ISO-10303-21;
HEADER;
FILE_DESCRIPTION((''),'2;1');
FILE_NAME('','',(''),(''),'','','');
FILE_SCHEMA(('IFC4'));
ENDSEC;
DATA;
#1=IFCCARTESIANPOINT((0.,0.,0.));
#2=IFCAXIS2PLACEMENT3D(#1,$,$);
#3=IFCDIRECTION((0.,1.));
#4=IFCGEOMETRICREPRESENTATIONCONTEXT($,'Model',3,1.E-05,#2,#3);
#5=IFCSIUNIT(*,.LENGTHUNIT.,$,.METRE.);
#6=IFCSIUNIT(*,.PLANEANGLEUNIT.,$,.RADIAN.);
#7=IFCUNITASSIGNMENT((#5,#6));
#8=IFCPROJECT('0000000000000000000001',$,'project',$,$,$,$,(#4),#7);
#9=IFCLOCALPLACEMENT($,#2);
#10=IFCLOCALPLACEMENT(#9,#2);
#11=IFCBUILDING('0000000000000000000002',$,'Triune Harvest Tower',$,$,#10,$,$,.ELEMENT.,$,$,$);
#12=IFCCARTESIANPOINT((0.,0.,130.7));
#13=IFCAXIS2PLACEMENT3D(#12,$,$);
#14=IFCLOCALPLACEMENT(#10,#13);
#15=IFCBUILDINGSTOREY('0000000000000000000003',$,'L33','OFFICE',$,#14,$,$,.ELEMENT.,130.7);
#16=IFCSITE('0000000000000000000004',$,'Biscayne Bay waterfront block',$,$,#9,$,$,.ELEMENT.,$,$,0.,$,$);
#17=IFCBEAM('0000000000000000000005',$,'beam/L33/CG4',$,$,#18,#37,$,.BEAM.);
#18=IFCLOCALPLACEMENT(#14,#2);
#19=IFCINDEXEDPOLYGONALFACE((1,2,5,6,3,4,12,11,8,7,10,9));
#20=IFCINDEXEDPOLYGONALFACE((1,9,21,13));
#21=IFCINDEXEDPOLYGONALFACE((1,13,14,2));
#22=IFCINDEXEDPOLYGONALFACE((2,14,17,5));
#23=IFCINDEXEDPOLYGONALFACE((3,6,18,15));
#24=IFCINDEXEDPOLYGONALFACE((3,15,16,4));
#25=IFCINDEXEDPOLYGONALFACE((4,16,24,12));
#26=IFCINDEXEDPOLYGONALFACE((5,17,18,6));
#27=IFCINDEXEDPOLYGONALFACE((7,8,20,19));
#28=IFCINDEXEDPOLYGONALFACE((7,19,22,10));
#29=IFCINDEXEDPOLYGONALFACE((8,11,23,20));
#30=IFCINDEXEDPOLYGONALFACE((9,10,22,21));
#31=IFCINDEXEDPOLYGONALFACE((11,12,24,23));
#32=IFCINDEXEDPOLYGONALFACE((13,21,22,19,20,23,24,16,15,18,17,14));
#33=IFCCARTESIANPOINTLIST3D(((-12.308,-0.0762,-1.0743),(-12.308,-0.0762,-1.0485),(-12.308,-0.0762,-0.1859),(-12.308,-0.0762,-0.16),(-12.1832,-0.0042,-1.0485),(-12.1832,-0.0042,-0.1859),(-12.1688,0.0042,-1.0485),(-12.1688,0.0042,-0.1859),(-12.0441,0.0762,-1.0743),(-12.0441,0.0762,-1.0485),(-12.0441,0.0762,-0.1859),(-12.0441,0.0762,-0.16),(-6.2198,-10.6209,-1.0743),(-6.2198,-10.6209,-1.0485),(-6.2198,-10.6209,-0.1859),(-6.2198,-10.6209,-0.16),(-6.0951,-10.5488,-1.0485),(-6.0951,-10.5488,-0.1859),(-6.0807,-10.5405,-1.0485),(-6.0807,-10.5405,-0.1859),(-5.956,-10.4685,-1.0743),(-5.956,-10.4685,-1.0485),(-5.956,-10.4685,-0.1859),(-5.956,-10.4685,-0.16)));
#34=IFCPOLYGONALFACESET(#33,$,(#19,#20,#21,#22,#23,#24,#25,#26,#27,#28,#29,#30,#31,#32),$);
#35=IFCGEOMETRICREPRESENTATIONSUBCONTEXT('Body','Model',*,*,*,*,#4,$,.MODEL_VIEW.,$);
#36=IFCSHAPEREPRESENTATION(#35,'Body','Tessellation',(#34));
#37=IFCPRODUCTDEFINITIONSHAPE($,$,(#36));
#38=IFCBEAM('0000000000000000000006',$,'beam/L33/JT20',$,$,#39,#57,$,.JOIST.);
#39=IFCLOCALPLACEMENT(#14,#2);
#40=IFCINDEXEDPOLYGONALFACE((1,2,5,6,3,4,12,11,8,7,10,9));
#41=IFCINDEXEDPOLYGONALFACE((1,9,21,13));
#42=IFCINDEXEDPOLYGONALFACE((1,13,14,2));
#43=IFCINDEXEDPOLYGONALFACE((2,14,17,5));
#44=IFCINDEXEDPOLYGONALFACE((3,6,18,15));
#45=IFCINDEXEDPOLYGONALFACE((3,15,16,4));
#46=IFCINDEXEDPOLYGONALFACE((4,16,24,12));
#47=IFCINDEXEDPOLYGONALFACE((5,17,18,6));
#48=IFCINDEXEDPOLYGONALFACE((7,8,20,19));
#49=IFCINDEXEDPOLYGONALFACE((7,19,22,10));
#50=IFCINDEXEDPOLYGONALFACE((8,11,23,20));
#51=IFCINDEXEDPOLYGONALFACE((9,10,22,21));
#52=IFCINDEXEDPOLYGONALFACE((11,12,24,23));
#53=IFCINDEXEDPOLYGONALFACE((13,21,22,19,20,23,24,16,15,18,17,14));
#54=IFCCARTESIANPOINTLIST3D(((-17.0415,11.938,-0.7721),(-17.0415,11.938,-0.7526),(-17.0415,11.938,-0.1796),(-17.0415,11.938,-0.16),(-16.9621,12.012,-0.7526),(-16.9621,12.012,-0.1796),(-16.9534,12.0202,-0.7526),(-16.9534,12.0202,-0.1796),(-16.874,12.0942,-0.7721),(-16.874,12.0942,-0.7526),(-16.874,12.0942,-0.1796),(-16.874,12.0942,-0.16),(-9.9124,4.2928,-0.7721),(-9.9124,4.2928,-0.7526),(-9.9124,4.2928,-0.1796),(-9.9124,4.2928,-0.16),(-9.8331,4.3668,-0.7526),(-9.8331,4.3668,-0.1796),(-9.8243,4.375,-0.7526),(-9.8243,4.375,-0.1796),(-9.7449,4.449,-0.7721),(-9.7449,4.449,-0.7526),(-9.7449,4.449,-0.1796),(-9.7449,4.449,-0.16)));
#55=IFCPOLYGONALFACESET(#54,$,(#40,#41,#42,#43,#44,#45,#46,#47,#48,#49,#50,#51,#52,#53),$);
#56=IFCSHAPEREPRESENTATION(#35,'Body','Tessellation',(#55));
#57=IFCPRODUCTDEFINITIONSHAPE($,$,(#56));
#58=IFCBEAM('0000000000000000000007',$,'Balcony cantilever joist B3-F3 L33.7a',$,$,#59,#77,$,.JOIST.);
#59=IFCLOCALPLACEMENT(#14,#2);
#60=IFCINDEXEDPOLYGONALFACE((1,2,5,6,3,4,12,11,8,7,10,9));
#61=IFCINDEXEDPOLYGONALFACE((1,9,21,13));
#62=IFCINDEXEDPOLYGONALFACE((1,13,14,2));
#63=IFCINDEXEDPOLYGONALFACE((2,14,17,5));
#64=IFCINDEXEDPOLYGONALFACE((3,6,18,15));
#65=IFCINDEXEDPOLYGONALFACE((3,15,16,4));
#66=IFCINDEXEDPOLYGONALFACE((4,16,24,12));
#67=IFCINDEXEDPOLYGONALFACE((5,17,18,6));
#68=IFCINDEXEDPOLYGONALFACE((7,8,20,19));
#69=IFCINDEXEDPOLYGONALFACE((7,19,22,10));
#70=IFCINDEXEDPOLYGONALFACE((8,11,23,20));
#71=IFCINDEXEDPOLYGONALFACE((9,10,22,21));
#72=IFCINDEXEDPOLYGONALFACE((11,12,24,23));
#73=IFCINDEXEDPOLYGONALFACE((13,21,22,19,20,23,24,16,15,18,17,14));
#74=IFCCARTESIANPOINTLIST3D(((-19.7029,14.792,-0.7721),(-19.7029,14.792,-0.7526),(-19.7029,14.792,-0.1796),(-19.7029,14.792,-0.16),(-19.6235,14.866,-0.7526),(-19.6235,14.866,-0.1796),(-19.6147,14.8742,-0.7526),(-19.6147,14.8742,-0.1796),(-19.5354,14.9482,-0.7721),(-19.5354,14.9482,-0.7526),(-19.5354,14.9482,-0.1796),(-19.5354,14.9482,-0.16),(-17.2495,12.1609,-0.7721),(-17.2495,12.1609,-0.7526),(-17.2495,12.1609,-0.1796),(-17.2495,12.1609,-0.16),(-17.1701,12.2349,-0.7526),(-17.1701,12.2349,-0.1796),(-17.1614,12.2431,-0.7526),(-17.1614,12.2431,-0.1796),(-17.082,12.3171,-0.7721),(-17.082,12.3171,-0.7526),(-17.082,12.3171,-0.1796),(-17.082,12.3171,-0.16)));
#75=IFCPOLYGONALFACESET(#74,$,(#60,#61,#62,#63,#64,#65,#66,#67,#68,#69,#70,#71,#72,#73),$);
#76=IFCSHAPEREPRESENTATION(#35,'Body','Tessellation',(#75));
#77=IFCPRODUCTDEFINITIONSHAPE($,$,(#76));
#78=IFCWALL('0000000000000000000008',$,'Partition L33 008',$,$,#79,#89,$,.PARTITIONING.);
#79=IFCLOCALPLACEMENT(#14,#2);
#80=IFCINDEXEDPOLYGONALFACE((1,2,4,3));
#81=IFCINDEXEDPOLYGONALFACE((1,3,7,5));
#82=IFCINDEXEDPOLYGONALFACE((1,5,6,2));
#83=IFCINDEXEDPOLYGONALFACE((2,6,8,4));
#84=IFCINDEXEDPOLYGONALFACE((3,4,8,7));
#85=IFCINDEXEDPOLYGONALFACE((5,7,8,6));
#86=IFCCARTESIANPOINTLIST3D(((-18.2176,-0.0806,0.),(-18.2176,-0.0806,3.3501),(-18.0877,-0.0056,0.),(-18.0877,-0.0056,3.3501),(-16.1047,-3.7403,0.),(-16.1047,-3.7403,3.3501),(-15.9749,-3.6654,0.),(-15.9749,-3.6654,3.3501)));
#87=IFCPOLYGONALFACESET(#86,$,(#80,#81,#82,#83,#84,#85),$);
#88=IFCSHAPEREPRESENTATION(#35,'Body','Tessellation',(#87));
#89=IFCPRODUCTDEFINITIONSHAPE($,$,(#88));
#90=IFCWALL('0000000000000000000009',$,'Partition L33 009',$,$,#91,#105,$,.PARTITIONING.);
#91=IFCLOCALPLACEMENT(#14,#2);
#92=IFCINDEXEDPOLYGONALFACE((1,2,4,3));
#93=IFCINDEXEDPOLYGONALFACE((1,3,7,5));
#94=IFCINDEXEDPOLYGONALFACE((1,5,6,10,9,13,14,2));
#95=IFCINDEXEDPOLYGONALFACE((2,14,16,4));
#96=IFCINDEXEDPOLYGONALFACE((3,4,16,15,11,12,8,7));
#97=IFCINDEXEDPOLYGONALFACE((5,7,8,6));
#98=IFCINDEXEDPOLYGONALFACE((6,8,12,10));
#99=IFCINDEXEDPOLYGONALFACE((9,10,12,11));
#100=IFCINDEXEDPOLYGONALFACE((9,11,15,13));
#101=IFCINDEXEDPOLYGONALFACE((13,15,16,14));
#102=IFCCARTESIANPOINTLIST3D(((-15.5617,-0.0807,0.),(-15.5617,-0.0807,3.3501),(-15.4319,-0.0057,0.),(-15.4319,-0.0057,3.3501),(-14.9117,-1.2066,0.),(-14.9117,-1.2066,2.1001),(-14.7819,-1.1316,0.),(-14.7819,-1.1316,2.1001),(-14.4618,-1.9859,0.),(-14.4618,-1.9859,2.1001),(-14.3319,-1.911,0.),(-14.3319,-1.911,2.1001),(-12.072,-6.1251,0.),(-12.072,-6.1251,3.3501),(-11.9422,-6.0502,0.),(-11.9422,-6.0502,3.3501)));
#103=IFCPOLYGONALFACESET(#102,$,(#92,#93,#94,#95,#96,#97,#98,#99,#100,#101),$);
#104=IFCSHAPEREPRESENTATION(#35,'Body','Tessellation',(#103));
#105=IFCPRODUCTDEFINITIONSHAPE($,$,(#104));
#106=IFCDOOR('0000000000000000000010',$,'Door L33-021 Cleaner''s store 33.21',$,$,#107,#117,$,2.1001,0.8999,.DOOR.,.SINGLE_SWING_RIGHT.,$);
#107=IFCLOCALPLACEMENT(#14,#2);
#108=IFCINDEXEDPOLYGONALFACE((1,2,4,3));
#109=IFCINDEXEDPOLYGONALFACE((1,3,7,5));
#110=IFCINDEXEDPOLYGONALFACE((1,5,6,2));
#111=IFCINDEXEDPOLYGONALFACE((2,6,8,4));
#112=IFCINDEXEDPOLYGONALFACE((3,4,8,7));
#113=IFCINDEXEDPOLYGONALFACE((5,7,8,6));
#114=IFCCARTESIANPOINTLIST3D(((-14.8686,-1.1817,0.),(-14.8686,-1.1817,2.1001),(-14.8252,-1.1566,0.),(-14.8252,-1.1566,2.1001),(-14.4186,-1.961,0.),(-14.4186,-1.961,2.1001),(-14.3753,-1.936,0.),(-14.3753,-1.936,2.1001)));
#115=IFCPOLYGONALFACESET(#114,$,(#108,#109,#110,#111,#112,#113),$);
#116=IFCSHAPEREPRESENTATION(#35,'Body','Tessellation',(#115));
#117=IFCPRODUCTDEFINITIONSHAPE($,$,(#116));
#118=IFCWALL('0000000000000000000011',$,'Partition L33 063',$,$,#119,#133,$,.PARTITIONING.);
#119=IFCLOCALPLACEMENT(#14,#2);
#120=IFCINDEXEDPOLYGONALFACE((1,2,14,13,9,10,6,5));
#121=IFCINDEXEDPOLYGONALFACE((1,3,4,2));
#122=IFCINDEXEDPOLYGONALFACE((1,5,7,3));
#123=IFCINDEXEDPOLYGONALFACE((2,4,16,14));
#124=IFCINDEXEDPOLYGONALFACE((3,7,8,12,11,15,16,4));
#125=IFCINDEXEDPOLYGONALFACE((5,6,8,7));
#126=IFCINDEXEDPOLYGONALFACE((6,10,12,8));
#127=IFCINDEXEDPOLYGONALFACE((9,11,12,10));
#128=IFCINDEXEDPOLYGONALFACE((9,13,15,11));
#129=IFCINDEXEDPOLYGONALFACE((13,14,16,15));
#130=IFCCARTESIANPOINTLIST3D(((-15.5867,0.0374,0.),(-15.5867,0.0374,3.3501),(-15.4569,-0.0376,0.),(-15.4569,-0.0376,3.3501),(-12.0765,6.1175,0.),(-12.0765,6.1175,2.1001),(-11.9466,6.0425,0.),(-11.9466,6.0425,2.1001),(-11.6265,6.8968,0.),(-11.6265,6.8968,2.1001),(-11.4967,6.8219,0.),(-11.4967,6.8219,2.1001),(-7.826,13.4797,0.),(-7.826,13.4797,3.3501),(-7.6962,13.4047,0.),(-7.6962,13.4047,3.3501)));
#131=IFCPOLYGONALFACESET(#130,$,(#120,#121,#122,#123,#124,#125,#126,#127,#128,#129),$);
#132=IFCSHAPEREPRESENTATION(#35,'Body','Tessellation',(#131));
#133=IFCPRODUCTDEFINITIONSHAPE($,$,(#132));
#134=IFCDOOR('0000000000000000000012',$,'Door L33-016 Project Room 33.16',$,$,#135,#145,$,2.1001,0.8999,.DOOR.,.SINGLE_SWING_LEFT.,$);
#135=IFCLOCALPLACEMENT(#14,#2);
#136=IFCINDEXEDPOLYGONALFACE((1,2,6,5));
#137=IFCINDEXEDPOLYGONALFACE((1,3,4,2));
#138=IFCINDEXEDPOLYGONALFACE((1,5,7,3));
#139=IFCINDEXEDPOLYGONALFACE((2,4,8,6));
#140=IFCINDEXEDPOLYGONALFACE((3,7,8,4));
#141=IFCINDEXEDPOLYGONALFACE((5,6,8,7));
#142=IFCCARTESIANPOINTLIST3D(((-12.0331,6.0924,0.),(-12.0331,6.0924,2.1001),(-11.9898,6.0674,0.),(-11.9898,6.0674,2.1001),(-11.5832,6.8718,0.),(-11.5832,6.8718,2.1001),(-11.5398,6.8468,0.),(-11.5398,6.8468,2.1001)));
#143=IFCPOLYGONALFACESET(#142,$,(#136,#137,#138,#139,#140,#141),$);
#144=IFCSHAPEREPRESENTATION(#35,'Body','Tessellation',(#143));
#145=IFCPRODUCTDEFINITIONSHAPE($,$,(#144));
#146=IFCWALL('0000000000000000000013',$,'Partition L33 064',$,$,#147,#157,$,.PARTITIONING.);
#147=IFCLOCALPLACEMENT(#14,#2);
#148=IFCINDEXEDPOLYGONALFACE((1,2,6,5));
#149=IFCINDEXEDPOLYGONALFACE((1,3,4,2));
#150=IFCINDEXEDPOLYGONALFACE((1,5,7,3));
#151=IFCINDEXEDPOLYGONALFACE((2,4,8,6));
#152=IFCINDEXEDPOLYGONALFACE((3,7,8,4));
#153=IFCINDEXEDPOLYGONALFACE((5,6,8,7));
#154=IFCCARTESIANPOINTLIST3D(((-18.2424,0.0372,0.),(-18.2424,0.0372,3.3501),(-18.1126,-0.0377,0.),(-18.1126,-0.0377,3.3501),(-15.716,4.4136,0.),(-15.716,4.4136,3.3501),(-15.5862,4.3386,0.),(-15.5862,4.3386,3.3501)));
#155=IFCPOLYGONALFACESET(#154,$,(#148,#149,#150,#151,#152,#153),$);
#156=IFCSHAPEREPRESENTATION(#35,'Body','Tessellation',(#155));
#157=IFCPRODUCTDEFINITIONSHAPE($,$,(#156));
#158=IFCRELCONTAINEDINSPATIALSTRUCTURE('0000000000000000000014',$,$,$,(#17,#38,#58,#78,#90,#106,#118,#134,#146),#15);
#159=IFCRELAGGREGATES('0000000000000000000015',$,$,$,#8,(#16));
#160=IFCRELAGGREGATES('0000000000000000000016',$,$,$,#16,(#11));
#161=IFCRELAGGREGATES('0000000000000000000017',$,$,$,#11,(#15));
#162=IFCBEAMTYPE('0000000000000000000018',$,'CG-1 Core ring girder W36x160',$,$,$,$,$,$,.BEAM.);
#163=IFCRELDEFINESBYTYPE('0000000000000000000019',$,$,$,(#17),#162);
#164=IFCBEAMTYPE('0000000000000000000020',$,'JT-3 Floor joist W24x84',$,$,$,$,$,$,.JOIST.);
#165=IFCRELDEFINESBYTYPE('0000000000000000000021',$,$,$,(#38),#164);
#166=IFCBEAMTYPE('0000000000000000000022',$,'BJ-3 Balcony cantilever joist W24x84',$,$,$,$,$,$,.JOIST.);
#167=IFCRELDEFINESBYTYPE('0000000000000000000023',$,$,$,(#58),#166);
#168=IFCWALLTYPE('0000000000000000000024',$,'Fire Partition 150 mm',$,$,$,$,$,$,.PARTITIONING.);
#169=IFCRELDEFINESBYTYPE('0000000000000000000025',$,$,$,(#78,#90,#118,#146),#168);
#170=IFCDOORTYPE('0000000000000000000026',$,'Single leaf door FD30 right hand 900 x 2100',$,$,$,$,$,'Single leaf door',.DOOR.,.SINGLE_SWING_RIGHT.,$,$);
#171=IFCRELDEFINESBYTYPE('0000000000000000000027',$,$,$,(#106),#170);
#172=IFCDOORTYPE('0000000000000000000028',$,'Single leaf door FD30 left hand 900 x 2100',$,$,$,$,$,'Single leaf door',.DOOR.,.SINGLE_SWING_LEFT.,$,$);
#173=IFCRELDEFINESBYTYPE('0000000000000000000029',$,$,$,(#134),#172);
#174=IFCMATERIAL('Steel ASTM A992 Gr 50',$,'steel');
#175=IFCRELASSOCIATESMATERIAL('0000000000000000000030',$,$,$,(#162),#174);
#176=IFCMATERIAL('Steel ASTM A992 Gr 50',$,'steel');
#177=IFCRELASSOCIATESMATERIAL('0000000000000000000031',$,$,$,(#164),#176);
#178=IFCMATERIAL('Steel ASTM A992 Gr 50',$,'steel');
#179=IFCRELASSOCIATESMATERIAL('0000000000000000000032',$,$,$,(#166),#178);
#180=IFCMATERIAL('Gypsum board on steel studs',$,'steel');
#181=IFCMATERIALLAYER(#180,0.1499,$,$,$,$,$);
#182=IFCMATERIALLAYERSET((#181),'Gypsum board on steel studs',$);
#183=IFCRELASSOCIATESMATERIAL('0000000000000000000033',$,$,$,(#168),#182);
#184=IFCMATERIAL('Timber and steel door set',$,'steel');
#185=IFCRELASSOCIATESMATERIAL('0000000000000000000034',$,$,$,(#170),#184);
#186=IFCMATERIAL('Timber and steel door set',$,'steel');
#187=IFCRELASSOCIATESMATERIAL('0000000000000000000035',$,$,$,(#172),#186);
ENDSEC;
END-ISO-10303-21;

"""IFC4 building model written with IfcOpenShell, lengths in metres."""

from ifc_helpers import new_model, si_unit, direction, frame, frame_2d, origin, origin_2d, place, context, subcontext, project, spatial, rectangle, i_section, extrude, source, transform, mapped, material, layer, layer_set, material_profile, profile_set, type_object, element, fill, save


model = new_model("IFC4")

# Units and contexts
model_context = context("Model", 3, precision=1e-05, world=origin(), true_north=direction((0.0, 1.0)))
body_context = subcontext(model_context, "Body", "Model", "MODEL_VIEW")
ifc_project = project(units=[si_unit("LENGTHUNIT", "METRE"), si_unit("PLANEANGLEUNIT", "RADIAN")], contexts=[model_context])

# Site, building, storey
site_placement = place(None, origin())
site = spatial("IfcSite", under=ifc_project, at=site_placement, Name="Biscayne Bay waterfront block", CompositionType="ELEMENT", RefElevation=0.0)
building_placement = place(site_placement, origin())
building = spatial("IfcBuilding", under=site, at=building_placement, Name="Triune Harvest Tower", CompositionType="ELEMENT")
storey_placement = place(building_placement, frame((0.0, 0.0, 130.7)))
storey = spatial("IfcBuildingStorey", under=building, at=storey_placement, Name="L33", Description="OFFICE", CompositionType="ELEMENT", Elevation=130.7)

# Beams
ifc_material_1 = material(Name="Steel ASTM A992 Gr 50", Category="steel")
ifc_material_profile_1 = material_profile(ifc_material_1, i_section(OverallWidth=0.3047, OverallDepth=0.9143, WebThickness=0.0166, FlangeThickness=0.0259, at=origin_2d()), Name="W36x160")
ifc_profile_set_1 = profile_set([ifc_material_profile_1], Name="Steel ASTM A992 Gr 50")
beam_type_1 = type_object("IfcBeamType", Name="CG-1 Core ring girder W36x160", PredefinedType="BEAM", material=ifc_profile_set_1)
shared_shape_1 = source(origin(), body_context, "Body", "SweptSolid", [
    extrude(i_section(OverallWidth=0.3047, OverallDepth=0.9143, WebThickness=0.0166, FlangeThickness=0.0259, at=origin_2d()), origin(), (0.0, 0.0, 1.0), 12.176),
])
beam_1_placement = place(storey_placement, frame((-12.176, 0.0, -0.6172), z_axis=(0.50001, -0.86602, 0.0), x_axis=(0.86602, 0.50001, 0.0)))
element("IfcBeam", 1, at=beam_1_placement, inside=storey, type_object=beam_type_1, Name="beam/L33/CG4", PredefinedType="BEAM", context=body_context, shape_type="MappedRepresentation", body=[
    mapped(shared_shape_1, transform((0.0, 0.0, 0.0), scale=1.0)),
])
ifc_material_2 = material(Name="Steel ASTM A992 Gr 50", Category="steel")
ifc_material_profile_2 = material_profile(ifc_material_2, i_section(OverallWidth=0.229, OverallDepth=0.6121, WebThickness=0.012, FlangeThickness=0.0195, at=origin_2d()), Name="W24x84")
ifc_profile_set_2 = profile_set([ifc_material_profile_2], Name="Steel ASTM A992 Gr 50")
beam_type_2 = type_object("IfcBeamType", Name="JT-3 Floor joist W24x84", PredefinedType="JOIST", material=ifc_profile_set_2)
shared_shape_2 = source(origin(), body_context, "Body", "SweptSolid", [
    extrude(i_section(OverallWidth=0.229, OverallDepth=0.6121, WebThickness=0.012, FlangeThickness=0.0195, at=origin_2d()), origin(), (0.0, 0.0, 1.0), 10.4534),
])
beam_2_placement = place(storey_placement, frame((-16.9578, 12.0161, -0.4661), z_axis=(0.681989, -0.731362, 0.0), x_axis=(0.731362, 0.681989, 0.0)))
element("IfcBeam", 2, at=beam_2_placement, inside=storey, type_object=beam_type_2, Name="beam/L33/JT20", PredefinedType="JOIST", context=body_context, shape_type="MappedRepresentation", body=[
    mapped(shared_shape_2, transform((0.0, 0.0, 0.0), scale=1.0)),
])
ifc_material_3 = material(Name="Steel ASTM A992 Gr 50", Category="steel")
ifc_material_profile_3 = material_profile(ifc_material_3, i_section(OverallWidth=0.229, OverallDepth=0.6121, WebThickness=0.012, FlangeThickness=0.0195, at=origin_2d()), Name="W24x84")
ifc_profile_set_3 = profile_set([ifc_material_profile_3], Name="Steel ASTM A992 Gr 50")
beam_type_3 = type_object("IfcBeamType", Name="BJ-3 Balcony cantilever joist W24x84", PredefinedType="JOIST", material=ifc_profile_set_3)
shared_shape_3 = source(origin(), body_context, "Body", "SweptSolid", [
    extrude(i_section(OverallWidth=0.229, OverallDepth=0.6121, WebThickness=0.012, FlangeThickness=0.0195, at=origin_2d()), origin(), (0.0, 0.0, 1.0), 3.5974),
])
beam_3_placement = place(storey_placement, frame((-17.1658, 12.239, -0.4661), z_axis=(-0.681972, 0.731378, 0.0), x_axis=(-0.731378, -0.681972, 0.0)))
element("IfcBeam", 3, at=beam_3_placement, inside=storey, type_object=beam_type_3, Name="Balcony cantilever joist B3-F3 L33.7a", PredefinedType="JOIST", context=body_context, shape_type="MappedRepresentation", body=[
    mapped(shared_shape_3, transform((0.0, 0.0, 0.0), scale=1.0)),
])

# Wall
ifc_material_4 = material(Name="Gypsum board on steel studs", Category="steel")
ifc_layer_1 = layer(ifc_material_4, 0.1499)
ifc_layer_set_1 = layer_set([ifc_layer_1], Name="Gypsum board on steel studs")
wall_type_1 = type_object("IfcWallType", Name="Fire Partition 150 mm", PredefinedType="PARTITIONING", material=ifc_layer_set_1)
wall_1_placement = place(storey_placement, frame((-18.1526, -0.0432, 0.0), z_axis=(0.0, 0.0, 1.0), x_axis=(0.499979, -0.866037, 0.0)))
element("IfcWall", 4, at=wall_1_placement, inside=storey, type_object=wall_type_1, Name="Partition L33 008", PredefinedType="PARTITIONING", context=body_context, shape_type="SweptSolid", body=[
    extrude(rectangle(XDim=4.2258, YDim=0.1499, at=frame_2d((2.1128, 0.0))), origin(), (0.0, 0.0, 1.0), 3.3501),
])

# Walls, openings, doors
wall_2_placement = place(storey_placement, frame((-15.4968, -0.0432, 0.0), z_axis=(0.0, 0.0, 1.0), x_axis=(0.499999, -0.866026, 0.0)))
wall_2 = element("IfcWall", 5, at=wall_2_placement, inside=storey, type_object=wall_type_1, Name="Partition L33 009", PredefinedType="PARTITIONING", context=body_context, shape_type="SweptSolid", body=[
    extrude(rectangle(XDim=6.9795, YDim=0.1499, at=frame_2d((3.4897, 0.0))), origin(), (0.0, 0.0, 1.0), 3.3501),
])
opening_1_placement = place(wall_2_placement, frame((1.3, 0.0, 0.0)))
opening_1 = element("IfcOpeningElement", 6, at=opening_1_placement, cuts=wall_2, PredefinedType="OPENING", context=body_context, shape_type="SweptSolid", body=[
    extrude(rectangle(XDim=0.8999, YDim=2.1001, at=frame_2d((0.45, 1.05))), frame((0.0, 0.085, 0.0), z_axis=(0.0, -1.0, 0.0), x_axis=(1.0, 0.0, 0.0)), (0.0, 0.0, 1.0), 0.1699),
])
ifc_material_5 = material(Name="Timber and steel door set", Category="steel")
door_type_1 = type_object("IfcDoorType", Name="Single leaf door FD30 right hand 900 x 2100", ElementType="Single leaf door", OperationType="SINGLE_SWING_RIGHT", PredefinedType="DOOR", material=ifc_material_5)
door_1_placement = place(opening_1_placement, origin())
door_1 = element("IfcDoor", 7, at=door_1_placement, inside=storey, type_object=door_type_1, Name="Door L33-021 Cleaner's store 33.21", OperationType="SINGLE_SWING_RIGHT", OverallHeight=2.1001, OverallWidth=0.8999, PredefinedType="DOOR", context=body_context, shape_type="SweptSolid", body=[
    extrude(rectangle(XDim=0.8999, YDim=2.1001, at=frame_2d((0.45, 1.05))), frame((0.0, 0.0249, 0.0), z_axis=(0.0, -1.0, 0.0), x_axis=(1.0, 0.0, 0.0)), (0.0, 0.0, 1.0), 0.05),
])
fill(opening_1, door_1)
wall_3_placement = place(storey_placement, frame((-15.5217, 0.0, 0.0), z_axis=(0.0, 0.0, 1.0), x_axis=(0.499989, 0.866032, 0.0)))
wall_3 = element("IfcWall", 8, at=wall_3_placement, inside=storey, type_object=wall_type_1, Name="Partition L33 063", PredefinedType="PARTITIONING", context=body_context, shape_type="SweptSolid", body=[
    extrude(rectangle(XDim=15.5217, YDim=0.1499, at=frame_2d((7.7607, 0.0))), origin(), (0.0, 0.0, 1.0), 3.3501),
])
opening_2_placement = place(wall_3_placement, frame((7.0205, 0.0, 0.0)))
opening_2 = element("IfcOpeningElement", 9, at=opening_2_placement, cuts=wall_3, PredefinedType="OPENING", context=body_context, shape_type="SweptSolid", body=[
    extrude(rectangle(XDim=0.8999, YDim=2.1001, at=frame_2d((0.45, 1.05))), frame((0.0, 0.085, 0.0), z_axis=(0.0, -1.0, 0.0), x_axis=(1.0, 0.0, 0.0)), (0.0, 0.0, 1.0), 0.1699),
])
ifc_material_6 = material(Name="Timber and steel door set", Category="steel")
door_type_2 = type_object("IfcDoorType", Name="Single leaf door FD30 left hand 900 x 2100", ElementType="Single leaf door", OperationType="SINGLE_SWING_LEFT", PredefinedType="DOOR", material=ifc_material_6)
door_2_placement = place(opening_2_placement, origin())
door_2 = element("IfcDoor", 10, at=door_2_placement, inside=storey, type_object=door_type_2, Name="Door L33-016 Project Room 33.16", OperationType="SINGLE_SWING_LEFT", OverallHeight=2.1001, OverallWidth=0.8999, PredefinedType="DOOR", context=body_context, shape_type="SweptSolid", body=[
    extrude(rectangle(XDim=0.8999, YDim=2.1001, at=frame_2d((0.45, 1.05))), frame((0.0, 0.0249, 0.0), z_axis=(0.0, -1.0, 0.0), x_axis=(1.0, 0.0, 0.0)), (0.0, 0.0, 1.0), 0.05),
])
fill(opening_2, door_2)

# Wall
wall_4_placement = place(storey_placement, frame((-18.1775, -0.0002, 0.0), z_axis=(0.0, 0.0, 1.0), x_axis=(0.499964, 0.866046, 0.0)))
element("IfcWall", 11, at=wall_4_placement, inside=storey, type_object=wall_type_1, Name="Partition L33 064", PredefinedType="PARTITIONING", context=body_context, shape_type="SweptSolid", body=[
    extrude(rectangle(XDim=5.0532, YDim=0.1499, at=frame_2d((2.5266, 0.0))), origin(), (0.0, 0.0, 1.0), 3.3501),
])

save(model, "model.ifc")
